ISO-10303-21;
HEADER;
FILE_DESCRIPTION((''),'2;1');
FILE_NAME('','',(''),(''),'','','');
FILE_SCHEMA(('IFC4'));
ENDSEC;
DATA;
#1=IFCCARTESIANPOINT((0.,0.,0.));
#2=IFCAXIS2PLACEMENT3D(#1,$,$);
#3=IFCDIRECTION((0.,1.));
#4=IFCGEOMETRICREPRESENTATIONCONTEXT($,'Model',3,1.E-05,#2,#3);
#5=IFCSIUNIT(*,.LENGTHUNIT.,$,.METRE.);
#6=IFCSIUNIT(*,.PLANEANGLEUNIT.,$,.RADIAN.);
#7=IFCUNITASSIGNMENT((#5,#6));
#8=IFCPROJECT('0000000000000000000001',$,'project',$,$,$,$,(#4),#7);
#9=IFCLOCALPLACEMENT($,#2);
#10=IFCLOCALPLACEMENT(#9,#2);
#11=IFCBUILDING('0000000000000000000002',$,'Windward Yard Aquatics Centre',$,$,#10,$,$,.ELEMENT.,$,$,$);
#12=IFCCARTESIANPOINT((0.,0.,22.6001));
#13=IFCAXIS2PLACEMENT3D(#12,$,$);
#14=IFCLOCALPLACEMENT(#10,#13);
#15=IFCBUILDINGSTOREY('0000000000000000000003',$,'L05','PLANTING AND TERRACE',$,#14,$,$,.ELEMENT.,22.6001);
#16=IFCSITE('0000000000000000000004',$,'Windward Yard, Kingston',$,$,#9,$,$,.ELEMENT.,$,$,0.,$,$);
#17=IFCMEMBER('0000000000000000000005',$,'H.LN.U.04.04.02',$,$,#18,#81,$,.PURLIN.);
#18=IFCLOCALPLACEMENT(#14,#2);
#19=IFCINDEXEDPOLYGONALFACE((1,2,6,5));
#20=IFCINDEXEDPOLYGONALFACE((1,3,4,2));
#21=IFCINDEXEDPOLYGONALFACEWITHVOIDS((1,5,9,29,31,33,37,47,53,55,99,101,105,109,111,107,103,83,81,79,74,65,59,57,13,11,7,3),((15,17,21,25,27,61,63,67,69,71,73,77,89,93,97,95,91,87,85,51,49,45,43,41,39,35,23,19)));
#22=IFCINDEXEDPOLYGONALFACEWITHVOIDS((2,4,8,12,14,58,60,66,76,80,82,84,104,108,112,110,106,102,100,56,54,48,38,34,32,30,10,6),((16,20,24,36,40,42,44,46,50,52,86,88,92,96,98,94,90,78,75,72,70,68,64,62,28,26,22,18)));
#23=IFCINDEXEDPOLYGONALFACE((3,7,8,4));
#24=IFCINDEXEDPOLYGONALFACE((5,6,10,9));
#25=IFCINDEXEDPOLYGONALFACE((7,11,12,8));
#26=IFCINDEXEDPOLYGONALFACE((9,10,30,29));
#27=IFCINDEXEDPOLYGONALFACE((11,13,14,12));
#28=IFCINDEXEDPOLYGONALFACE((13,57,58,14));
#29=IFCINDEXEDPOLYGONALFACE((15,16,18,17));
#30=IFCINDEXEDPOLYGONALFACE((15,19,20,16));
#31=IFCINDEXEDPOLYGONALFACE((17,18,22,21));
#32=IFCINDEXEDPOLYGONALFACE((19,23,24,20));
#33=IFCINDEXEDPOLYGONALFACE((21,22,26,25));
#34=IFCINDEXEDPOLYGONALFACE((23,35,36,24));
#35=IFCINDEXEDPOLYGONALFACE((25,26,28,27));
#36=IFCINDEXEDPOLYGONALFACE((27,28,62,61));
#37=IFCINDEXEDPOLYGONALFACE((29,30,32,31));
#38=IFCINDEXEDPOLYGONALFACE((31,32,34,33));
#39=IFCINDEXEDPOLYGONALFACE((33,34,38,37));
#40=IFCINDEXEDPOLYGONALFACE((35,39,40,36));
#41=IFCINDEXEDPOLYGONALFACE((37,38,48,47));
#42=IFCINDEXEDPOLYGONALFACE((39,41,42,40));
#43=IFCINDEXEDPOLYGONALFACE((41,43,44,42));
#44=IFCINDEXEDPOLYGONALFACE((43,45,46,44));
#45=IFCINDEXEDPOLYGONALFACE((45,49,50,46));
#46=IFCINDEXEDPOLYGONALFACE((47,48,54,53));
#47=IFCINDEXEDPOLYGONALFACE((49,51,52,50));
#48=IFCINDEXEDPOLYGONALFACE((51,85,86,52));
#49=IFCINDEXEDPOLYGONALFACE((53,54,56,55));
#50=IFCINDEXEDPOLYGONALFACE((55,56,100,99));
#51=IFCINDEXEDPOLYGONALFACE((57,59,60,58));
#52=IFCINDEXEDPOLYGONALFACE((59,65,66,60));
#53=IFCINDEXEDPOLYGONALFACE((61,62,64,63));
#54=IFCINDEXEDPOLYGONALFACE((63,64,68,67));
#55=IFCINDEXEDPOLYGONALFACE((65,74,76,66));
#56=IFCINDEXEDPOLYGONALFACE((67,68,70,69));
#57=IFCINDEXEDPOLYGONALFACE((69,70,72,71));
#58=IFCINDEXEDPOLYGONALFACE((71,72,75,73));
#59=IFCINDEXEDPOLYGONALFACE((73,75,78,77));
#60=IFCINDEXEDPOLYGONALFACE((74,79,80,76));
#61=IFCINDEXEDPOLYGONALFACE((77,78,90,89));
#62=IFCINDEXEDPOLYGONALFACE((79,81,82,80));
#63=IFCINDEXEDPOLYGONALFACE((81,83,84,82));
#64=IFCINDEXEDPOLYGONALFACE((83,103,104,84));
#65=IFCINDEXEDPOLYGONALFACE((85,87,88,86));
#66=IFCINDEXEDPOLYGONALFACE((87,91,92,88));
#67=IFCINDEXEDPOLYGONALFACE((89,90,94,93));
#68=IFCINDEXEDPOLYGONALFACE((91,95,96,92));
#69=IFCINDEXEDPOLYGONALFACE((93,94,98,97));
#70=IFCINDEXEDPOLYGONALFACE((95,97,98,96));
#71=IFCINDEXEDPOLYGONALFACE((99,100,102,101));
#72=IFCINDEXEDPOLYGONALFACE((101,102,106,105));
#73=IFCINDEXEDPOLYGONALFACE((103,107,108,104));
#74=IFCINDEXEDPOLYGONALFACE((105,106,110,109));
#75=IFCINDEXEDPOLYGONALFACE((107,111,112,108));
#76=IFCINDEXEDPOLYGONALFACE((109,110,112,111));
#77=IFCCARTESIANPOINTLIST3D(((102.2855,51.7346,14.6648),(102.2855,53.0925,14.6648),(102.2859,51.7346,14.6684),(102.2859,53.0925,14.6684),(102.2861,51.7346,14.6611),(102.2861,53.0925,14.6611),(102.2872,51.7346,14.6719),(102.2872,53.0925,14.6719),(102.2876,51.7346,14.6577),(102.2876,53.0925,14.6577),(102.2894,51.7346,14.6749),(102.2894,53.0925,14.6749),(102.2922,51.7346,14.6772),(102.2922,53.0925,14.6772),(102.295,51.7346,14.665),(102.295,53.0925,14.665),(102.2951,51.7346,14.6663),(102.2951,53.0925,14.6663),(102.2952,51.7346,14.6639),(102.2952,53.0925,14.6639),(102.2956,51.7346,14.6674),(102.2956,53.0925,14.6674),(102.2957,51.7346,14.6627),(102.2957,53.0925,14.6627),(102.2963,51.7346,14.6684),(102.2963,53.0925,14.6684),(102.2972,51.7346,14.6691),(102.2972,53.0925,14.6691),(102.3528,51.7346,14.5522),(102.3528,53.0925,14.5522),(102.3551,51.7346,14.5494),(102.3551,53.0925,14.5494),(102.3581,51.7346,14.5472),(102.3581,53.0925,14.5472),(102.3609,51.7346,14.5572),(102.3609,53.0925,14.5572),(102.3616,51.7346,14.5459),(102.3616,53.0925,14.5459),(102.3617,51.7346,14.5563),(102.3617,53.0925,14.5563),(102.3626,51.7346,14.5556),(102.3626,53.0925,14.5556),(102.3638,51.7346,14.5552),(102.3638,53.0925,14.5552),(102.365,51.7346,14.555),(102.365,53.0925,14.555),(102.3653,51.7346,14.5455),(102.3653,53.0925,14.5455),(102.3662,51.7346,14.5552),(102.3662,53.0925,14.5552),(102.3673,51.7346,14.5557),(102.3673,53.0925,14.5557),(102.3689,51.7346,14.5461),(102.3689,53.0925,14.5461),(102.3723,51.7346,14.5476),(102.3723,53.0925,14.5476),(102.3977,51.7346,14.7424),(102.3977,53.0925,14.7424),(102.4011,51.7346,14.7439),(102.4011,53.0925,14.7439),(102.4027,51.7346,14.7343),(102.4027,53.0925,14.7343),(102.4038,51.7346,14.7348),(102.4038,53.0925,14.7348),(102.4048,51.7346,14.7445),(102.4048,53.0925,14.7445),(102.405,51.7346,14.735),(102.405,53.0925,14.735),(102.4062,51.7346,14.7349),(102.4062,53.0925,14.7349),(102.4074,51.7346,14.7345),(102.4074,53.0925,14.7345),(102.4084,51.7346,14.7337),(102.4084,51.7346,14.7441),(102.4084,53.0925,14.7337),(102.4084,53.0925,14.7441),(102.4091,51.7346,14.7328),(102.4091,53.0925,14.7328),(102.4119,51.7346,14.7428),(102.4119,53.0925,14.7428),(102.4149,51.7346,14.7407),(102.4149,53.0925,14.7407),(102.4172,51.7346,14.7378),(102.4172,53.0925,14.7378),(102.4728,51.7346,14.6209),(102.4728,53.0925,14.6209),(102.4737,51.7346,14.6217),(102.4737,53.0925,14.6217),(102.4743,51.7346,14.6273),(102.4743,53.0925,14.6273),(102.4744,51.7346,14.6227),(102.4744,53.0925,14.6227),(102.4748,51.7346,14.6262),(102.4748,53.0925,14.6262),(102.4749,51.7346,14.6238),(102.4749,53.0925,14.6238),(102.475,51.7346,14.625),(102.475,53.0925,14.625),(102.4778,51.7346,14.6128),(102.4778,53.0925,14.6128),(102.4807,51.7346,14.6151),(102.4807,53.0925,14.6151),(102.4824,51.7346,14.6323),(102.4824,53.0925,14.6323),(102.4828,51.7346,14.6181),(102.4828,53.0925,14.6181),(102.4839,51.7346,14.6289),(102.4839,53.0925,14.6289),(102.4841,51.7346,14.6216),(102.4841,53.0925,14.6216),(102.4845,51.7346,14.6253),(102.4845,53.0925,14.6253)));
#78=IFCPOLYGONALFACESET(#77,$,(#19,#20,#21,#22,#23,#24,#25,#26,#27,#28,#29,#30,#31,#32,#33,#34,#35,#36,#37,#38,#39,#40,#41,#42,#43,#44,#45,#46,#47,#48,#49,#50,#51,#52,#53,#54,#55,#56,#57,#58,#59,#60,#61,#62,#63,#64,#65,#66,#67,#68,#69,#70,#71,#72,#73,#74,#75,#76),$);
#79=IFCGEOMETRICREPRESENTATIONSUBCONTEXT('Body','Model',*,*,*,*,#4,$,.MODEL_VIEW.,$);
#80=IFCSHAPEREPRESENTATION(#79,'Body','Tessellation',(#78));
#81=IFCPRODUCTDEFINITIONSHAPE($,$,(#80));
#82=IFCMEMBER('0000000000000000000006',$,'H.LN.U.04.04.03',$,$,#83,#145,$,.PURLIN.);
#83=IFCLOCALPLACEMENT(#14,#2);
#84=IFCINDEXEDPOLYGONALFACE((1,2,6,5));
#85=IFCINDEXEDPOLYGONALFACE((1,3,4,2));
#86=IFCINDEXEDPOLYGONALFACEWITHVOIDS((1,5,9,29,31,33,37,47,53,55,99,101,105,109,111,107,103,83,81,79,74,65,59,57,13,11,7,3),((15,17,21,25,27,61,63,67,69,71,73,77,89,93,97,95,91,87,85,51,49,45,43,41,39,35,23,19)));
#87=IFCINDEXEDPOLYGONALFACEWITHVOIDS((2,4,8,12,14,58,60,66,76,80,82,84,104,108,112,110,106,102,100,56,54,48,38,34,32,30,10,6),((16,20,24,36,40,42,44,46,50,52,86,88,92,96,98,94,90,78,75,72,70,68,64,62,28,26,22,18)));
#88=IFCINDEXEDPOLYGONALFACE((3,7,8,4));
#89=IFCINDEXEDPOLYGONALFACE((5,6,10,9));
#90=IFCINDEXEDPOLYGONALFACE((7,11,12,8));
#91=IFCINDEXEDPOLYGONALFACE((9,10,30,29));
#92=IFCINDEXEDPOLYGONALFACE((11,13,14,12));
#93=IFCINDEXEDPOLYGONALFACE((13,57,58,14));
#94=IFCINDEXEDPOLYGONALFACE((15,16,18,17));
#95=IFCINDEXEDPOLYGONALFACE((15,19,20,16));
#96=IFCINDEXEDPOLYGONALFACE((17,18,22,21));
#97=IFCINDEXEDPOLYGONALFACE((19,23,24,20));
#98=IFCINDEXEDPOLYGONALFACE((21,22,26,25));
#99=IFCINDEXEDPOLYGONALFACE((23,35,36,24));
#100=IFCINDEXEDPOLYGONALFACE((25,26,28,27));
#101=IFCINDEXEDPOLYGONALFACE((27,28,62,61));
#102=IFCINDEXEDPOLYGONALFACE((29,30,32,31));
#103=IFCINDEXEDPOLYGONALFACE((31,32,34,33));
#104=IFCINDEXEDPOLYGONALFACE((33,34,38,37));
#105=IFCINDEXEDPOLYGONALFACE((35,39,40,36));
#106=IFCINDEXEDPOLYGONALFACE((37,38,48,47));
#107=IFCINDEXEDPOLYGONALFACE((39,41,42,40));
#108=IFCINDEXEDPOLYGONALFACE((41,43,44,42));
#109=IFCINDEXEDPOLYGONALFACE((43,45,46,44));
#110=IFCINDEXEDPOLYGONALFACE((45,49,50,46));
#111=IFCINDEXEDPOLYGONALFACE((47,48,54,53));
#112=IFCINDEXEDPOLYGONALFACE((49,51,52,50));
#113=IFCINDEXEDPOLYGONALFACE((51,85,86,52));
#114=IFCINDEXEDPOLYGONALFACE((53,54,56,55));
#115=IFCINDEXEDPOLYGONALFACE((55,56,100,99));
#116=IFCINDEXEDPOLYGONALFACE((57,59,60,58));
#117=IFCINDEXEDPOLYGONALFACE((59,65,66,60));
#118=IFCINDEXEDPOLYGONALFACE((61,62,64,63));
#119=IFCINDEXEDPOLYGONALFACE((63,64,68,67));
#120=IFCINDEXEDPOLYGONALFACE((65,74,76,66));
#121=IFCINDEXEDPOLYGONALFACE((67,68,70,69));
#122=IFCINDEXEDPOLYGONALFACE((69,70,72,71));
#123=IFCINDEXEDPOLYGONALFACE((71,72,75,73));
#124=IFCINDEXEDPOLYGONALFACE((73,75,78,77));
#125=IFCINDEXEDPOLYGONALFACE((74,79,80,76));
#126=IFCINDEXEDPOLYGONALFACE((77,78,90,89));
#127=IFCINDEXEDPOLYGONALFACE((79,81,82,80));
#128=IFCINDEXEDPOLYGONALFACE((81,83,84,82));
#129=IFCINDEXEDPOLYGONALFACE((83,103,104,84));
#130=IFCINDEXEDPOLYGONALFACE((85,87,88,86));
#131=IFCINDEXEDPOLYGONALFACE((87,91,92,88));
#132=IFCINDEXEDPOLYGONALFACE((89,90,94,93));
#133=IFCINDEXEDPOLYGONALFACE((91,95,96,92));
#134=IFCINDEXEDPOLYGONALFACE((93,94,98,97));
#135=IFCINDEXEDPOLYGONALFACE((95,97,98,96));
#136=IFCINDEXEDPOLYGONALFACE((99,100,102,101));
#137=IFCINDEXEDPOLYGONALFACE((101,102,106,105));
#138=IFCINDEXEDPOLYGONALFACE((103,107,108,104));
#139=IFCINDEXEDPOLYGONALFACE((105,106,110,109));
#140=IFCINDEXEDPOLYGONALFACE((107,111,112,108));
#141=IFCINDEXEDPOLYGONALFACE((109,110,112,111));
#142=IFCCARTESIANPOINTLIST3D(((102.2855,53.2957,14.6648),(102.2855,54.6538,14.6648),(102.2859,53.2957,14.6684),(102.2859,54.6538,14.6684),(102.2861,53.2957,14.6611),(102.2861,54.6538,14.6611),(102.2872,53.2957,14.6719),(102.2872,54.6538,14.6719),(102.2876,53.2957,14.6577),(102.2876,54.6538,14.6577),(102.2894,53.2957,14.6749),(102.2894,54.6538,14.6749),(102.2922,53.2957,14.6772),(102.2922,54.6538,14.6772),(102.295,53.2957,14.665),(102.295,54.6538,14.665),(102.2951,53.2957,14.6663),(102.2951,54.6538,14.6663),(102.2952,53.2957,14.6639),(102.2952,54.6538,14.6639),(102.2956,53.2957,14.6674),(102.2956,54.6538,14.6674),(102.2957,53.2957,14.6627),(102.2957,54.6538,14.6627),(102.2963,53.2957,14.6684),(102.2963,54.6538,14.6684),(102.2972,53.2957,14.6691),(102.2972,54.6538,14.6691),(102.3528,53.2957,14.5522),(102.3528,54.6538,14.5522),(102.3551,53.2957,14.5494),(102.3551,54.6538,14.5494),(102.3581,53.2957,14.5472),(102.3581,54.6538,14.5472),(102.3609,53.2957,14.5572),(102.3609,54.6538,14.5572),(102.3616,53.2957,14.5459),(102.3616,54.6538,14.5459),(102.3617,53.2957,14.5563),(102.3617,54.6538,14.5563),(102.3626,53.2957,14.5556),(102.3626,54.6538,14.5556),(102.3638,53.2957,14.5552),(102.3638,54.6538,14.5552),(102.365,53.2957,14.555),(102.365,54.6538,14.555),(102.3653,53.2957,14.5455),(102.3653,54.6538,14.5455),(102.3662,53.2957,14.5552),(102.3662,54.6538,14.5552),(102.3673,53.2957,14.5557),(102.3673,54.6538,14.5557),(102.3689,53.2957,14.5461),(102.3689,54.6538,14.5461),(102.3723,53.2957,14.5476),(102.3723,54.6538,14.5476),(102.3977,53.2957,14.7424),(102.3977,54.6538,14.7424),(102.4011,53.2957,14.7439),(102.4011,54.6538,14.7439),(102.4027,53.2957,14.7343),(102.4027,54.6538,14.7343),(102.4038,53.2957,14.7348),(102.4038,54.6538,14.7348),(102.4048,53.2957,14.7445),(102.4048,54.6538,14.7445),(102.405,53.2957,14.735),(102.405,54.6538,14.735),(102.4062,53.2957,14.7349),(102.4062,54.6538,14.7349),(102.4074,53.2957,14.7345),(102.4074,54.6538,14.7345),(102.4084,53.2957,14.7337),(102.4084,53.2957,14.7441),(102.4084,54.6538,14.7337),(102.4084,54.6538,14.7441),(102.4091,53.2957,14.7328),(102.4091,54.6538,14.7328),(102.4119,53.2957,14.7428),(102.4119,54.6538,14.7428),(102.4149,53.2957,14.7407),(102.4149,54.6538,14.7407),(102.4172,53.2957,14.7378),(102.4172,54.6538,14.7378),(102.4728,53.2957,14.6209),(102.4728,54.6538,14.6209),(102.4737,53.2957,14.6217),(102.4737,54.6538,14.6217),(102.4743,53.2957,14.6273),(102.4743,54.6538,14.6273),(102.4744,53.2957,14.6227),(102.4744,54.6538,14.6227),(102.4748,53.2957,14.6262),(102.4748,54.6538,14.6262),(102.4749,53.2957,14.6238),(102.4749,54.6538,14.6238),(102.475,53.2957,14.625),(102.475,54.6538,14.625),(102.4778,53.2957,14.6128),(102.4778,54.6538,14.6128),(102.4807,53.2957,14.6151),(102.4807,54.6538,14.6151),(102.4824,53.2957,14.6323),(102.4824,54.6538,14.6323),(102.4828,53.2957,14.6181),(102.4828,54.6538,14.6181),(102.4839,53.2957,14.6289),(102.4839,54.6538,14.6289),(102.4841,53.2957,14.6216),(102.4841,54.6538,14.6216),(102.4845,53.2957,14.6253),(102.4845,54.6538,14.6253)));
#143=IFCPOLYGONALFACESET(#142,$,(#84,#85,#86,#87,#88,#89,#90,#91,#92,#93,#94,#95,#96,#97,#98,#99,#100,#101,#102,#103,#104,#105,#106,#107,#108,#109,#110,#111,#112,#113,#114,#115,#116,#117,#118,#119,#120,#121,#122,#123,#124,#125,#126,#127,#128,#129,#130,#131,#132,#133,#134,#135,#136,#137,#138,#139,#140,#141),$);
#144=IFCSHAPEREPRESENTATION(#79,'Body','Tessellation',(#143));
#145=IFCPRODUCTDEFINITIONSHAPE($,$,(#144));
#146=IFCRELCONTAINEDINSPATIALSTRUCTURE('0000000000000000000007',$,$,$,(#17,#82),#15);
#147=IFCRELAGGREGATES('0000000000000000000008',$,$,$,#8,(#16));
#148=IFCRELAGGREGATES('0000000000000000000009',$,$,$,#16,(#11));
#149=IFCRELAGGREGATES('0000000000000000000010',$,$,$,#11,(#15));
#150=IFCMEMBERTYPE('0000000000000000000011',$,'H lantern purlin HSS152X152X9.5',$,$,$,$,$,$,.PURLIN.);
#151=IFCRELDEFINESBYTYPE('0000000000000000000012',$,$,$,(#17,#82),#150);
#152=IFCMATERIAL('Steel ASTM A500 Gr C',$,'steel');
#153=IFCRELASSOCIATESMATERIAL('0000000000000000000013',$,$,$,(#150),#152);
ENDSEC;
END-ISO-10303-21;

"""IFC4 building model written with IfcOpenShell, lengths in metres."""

from ifc_helpers import new_model, si_unit, direction, frame, origin, origin_2d, place, context, subcontext, project, spatial, hollow_rectangle, extrude, material, material_profile, profile_set, type_object, element, save


model = new_model("IFC4")

# Units and contexts
model_context = context("Model", 3, precision=1e-05, world=origin(), true_north=direction((0.0, 1.0)))
body_context = subcontext(model_context, "Body", "Model", "MODEL_VIEW")
ifc_project = project(units=[si_unit("LENGTHUNIT", "METRE"), si_unit("PLANEANGLEUNIT", "RADIAN")], contexts=[model_context])

# Site, building, storey
site_placement = place(None, origin())
site = spatial("IfcSite", under=ifc_project, at=site_placement, Name="Windward Yard, Kingston", CompositionType="ELEMENT", RefElevation=0.0)
building_placement = place(site_placement, origin())
building = spatial("IfcBuilding", under=site, at=building_placement, Name="Windward Yard Aquatics Centre", CompositionType="ELEMENT")
storey_placement = place(building_placement, frame((0.0, 0.0, 22.6001)))
storey = spatial("IfcBuildingStorey", under=building, at=storey_placement, Name="L05", Description="PLANTING AND TERRACE", CompositionType="ELEMENT", Elevation=22.6001)

# Members
ifc_material_1 = material(Name="Steel ASTM A500 Gr C", Category="steel")
ifc_material_profile = material_profile(ifc_material_1, hollow_rectangle(XDim=0.1523, YDim=0.1523, WallThickness=0.0095, InnerFilletRadius=0.0046, OuterFilletRadius=0.0142, at=origin_2d()), Name="HSS152X152X9.5")
ifc_profile_set = profile_set([ifc_material_profile], Name="Steel ASTM A500 Gr C")
member_type = type_object("IfcMemberType", Name="H lantern purlin HSS152X152X9.5", PredefinedType="PURLIN", material=ifc_profile_set)
member_1_placement = place(storey_placement, frame((102.385, 51.7346, 14.645), z_axis=(0.0, 1.0, 0.0), x_axis=(-0.850755, 0.0, -0.525562)))
element("IfcMember", 1, at=member_1_placement, inside=storey, type_object=member_type, Name="H.LN.U.04.04.02", PredefinedType="PURLIN", context=body_context, shape_type="SweptSolid", body=[
    extrude(hollow_rectangle(XDim=0.1523, YDim=0.1523, WallThickness=0.0095, InnerFilletRadius=0.0046, OuterFilletRadius=0.0142, at=origin_2d()), origin(), (0.0, 0.0, 1.0), 1.3579),
])
member_2_placement = place(storey_placement, frame((102.385, 53.2957, 14.645), z_axis=(0.0, 1.0, 0.0), x_axis=(-0.850755, 0.0, -0.525562)))
element("IfcMember", 2, at=member_2_placement, inside=storey, type_object=member_type, Name="H.LN.U.04.04.03", PredefinedType="PURLIN", context=body_context, shape_type="SweptSolid", body=[
    extrude(hollow_rectangle(XDim=0.1523, YDim=0.1523, WallThickness=0.0095, InnerFilletRadius=0.0046, OuterFilletRadius=0.0142, at=origin_2d()), origin(), (0.0, 0.0, 1.0), 1.3582),
])

save(model, "model.ifc")
